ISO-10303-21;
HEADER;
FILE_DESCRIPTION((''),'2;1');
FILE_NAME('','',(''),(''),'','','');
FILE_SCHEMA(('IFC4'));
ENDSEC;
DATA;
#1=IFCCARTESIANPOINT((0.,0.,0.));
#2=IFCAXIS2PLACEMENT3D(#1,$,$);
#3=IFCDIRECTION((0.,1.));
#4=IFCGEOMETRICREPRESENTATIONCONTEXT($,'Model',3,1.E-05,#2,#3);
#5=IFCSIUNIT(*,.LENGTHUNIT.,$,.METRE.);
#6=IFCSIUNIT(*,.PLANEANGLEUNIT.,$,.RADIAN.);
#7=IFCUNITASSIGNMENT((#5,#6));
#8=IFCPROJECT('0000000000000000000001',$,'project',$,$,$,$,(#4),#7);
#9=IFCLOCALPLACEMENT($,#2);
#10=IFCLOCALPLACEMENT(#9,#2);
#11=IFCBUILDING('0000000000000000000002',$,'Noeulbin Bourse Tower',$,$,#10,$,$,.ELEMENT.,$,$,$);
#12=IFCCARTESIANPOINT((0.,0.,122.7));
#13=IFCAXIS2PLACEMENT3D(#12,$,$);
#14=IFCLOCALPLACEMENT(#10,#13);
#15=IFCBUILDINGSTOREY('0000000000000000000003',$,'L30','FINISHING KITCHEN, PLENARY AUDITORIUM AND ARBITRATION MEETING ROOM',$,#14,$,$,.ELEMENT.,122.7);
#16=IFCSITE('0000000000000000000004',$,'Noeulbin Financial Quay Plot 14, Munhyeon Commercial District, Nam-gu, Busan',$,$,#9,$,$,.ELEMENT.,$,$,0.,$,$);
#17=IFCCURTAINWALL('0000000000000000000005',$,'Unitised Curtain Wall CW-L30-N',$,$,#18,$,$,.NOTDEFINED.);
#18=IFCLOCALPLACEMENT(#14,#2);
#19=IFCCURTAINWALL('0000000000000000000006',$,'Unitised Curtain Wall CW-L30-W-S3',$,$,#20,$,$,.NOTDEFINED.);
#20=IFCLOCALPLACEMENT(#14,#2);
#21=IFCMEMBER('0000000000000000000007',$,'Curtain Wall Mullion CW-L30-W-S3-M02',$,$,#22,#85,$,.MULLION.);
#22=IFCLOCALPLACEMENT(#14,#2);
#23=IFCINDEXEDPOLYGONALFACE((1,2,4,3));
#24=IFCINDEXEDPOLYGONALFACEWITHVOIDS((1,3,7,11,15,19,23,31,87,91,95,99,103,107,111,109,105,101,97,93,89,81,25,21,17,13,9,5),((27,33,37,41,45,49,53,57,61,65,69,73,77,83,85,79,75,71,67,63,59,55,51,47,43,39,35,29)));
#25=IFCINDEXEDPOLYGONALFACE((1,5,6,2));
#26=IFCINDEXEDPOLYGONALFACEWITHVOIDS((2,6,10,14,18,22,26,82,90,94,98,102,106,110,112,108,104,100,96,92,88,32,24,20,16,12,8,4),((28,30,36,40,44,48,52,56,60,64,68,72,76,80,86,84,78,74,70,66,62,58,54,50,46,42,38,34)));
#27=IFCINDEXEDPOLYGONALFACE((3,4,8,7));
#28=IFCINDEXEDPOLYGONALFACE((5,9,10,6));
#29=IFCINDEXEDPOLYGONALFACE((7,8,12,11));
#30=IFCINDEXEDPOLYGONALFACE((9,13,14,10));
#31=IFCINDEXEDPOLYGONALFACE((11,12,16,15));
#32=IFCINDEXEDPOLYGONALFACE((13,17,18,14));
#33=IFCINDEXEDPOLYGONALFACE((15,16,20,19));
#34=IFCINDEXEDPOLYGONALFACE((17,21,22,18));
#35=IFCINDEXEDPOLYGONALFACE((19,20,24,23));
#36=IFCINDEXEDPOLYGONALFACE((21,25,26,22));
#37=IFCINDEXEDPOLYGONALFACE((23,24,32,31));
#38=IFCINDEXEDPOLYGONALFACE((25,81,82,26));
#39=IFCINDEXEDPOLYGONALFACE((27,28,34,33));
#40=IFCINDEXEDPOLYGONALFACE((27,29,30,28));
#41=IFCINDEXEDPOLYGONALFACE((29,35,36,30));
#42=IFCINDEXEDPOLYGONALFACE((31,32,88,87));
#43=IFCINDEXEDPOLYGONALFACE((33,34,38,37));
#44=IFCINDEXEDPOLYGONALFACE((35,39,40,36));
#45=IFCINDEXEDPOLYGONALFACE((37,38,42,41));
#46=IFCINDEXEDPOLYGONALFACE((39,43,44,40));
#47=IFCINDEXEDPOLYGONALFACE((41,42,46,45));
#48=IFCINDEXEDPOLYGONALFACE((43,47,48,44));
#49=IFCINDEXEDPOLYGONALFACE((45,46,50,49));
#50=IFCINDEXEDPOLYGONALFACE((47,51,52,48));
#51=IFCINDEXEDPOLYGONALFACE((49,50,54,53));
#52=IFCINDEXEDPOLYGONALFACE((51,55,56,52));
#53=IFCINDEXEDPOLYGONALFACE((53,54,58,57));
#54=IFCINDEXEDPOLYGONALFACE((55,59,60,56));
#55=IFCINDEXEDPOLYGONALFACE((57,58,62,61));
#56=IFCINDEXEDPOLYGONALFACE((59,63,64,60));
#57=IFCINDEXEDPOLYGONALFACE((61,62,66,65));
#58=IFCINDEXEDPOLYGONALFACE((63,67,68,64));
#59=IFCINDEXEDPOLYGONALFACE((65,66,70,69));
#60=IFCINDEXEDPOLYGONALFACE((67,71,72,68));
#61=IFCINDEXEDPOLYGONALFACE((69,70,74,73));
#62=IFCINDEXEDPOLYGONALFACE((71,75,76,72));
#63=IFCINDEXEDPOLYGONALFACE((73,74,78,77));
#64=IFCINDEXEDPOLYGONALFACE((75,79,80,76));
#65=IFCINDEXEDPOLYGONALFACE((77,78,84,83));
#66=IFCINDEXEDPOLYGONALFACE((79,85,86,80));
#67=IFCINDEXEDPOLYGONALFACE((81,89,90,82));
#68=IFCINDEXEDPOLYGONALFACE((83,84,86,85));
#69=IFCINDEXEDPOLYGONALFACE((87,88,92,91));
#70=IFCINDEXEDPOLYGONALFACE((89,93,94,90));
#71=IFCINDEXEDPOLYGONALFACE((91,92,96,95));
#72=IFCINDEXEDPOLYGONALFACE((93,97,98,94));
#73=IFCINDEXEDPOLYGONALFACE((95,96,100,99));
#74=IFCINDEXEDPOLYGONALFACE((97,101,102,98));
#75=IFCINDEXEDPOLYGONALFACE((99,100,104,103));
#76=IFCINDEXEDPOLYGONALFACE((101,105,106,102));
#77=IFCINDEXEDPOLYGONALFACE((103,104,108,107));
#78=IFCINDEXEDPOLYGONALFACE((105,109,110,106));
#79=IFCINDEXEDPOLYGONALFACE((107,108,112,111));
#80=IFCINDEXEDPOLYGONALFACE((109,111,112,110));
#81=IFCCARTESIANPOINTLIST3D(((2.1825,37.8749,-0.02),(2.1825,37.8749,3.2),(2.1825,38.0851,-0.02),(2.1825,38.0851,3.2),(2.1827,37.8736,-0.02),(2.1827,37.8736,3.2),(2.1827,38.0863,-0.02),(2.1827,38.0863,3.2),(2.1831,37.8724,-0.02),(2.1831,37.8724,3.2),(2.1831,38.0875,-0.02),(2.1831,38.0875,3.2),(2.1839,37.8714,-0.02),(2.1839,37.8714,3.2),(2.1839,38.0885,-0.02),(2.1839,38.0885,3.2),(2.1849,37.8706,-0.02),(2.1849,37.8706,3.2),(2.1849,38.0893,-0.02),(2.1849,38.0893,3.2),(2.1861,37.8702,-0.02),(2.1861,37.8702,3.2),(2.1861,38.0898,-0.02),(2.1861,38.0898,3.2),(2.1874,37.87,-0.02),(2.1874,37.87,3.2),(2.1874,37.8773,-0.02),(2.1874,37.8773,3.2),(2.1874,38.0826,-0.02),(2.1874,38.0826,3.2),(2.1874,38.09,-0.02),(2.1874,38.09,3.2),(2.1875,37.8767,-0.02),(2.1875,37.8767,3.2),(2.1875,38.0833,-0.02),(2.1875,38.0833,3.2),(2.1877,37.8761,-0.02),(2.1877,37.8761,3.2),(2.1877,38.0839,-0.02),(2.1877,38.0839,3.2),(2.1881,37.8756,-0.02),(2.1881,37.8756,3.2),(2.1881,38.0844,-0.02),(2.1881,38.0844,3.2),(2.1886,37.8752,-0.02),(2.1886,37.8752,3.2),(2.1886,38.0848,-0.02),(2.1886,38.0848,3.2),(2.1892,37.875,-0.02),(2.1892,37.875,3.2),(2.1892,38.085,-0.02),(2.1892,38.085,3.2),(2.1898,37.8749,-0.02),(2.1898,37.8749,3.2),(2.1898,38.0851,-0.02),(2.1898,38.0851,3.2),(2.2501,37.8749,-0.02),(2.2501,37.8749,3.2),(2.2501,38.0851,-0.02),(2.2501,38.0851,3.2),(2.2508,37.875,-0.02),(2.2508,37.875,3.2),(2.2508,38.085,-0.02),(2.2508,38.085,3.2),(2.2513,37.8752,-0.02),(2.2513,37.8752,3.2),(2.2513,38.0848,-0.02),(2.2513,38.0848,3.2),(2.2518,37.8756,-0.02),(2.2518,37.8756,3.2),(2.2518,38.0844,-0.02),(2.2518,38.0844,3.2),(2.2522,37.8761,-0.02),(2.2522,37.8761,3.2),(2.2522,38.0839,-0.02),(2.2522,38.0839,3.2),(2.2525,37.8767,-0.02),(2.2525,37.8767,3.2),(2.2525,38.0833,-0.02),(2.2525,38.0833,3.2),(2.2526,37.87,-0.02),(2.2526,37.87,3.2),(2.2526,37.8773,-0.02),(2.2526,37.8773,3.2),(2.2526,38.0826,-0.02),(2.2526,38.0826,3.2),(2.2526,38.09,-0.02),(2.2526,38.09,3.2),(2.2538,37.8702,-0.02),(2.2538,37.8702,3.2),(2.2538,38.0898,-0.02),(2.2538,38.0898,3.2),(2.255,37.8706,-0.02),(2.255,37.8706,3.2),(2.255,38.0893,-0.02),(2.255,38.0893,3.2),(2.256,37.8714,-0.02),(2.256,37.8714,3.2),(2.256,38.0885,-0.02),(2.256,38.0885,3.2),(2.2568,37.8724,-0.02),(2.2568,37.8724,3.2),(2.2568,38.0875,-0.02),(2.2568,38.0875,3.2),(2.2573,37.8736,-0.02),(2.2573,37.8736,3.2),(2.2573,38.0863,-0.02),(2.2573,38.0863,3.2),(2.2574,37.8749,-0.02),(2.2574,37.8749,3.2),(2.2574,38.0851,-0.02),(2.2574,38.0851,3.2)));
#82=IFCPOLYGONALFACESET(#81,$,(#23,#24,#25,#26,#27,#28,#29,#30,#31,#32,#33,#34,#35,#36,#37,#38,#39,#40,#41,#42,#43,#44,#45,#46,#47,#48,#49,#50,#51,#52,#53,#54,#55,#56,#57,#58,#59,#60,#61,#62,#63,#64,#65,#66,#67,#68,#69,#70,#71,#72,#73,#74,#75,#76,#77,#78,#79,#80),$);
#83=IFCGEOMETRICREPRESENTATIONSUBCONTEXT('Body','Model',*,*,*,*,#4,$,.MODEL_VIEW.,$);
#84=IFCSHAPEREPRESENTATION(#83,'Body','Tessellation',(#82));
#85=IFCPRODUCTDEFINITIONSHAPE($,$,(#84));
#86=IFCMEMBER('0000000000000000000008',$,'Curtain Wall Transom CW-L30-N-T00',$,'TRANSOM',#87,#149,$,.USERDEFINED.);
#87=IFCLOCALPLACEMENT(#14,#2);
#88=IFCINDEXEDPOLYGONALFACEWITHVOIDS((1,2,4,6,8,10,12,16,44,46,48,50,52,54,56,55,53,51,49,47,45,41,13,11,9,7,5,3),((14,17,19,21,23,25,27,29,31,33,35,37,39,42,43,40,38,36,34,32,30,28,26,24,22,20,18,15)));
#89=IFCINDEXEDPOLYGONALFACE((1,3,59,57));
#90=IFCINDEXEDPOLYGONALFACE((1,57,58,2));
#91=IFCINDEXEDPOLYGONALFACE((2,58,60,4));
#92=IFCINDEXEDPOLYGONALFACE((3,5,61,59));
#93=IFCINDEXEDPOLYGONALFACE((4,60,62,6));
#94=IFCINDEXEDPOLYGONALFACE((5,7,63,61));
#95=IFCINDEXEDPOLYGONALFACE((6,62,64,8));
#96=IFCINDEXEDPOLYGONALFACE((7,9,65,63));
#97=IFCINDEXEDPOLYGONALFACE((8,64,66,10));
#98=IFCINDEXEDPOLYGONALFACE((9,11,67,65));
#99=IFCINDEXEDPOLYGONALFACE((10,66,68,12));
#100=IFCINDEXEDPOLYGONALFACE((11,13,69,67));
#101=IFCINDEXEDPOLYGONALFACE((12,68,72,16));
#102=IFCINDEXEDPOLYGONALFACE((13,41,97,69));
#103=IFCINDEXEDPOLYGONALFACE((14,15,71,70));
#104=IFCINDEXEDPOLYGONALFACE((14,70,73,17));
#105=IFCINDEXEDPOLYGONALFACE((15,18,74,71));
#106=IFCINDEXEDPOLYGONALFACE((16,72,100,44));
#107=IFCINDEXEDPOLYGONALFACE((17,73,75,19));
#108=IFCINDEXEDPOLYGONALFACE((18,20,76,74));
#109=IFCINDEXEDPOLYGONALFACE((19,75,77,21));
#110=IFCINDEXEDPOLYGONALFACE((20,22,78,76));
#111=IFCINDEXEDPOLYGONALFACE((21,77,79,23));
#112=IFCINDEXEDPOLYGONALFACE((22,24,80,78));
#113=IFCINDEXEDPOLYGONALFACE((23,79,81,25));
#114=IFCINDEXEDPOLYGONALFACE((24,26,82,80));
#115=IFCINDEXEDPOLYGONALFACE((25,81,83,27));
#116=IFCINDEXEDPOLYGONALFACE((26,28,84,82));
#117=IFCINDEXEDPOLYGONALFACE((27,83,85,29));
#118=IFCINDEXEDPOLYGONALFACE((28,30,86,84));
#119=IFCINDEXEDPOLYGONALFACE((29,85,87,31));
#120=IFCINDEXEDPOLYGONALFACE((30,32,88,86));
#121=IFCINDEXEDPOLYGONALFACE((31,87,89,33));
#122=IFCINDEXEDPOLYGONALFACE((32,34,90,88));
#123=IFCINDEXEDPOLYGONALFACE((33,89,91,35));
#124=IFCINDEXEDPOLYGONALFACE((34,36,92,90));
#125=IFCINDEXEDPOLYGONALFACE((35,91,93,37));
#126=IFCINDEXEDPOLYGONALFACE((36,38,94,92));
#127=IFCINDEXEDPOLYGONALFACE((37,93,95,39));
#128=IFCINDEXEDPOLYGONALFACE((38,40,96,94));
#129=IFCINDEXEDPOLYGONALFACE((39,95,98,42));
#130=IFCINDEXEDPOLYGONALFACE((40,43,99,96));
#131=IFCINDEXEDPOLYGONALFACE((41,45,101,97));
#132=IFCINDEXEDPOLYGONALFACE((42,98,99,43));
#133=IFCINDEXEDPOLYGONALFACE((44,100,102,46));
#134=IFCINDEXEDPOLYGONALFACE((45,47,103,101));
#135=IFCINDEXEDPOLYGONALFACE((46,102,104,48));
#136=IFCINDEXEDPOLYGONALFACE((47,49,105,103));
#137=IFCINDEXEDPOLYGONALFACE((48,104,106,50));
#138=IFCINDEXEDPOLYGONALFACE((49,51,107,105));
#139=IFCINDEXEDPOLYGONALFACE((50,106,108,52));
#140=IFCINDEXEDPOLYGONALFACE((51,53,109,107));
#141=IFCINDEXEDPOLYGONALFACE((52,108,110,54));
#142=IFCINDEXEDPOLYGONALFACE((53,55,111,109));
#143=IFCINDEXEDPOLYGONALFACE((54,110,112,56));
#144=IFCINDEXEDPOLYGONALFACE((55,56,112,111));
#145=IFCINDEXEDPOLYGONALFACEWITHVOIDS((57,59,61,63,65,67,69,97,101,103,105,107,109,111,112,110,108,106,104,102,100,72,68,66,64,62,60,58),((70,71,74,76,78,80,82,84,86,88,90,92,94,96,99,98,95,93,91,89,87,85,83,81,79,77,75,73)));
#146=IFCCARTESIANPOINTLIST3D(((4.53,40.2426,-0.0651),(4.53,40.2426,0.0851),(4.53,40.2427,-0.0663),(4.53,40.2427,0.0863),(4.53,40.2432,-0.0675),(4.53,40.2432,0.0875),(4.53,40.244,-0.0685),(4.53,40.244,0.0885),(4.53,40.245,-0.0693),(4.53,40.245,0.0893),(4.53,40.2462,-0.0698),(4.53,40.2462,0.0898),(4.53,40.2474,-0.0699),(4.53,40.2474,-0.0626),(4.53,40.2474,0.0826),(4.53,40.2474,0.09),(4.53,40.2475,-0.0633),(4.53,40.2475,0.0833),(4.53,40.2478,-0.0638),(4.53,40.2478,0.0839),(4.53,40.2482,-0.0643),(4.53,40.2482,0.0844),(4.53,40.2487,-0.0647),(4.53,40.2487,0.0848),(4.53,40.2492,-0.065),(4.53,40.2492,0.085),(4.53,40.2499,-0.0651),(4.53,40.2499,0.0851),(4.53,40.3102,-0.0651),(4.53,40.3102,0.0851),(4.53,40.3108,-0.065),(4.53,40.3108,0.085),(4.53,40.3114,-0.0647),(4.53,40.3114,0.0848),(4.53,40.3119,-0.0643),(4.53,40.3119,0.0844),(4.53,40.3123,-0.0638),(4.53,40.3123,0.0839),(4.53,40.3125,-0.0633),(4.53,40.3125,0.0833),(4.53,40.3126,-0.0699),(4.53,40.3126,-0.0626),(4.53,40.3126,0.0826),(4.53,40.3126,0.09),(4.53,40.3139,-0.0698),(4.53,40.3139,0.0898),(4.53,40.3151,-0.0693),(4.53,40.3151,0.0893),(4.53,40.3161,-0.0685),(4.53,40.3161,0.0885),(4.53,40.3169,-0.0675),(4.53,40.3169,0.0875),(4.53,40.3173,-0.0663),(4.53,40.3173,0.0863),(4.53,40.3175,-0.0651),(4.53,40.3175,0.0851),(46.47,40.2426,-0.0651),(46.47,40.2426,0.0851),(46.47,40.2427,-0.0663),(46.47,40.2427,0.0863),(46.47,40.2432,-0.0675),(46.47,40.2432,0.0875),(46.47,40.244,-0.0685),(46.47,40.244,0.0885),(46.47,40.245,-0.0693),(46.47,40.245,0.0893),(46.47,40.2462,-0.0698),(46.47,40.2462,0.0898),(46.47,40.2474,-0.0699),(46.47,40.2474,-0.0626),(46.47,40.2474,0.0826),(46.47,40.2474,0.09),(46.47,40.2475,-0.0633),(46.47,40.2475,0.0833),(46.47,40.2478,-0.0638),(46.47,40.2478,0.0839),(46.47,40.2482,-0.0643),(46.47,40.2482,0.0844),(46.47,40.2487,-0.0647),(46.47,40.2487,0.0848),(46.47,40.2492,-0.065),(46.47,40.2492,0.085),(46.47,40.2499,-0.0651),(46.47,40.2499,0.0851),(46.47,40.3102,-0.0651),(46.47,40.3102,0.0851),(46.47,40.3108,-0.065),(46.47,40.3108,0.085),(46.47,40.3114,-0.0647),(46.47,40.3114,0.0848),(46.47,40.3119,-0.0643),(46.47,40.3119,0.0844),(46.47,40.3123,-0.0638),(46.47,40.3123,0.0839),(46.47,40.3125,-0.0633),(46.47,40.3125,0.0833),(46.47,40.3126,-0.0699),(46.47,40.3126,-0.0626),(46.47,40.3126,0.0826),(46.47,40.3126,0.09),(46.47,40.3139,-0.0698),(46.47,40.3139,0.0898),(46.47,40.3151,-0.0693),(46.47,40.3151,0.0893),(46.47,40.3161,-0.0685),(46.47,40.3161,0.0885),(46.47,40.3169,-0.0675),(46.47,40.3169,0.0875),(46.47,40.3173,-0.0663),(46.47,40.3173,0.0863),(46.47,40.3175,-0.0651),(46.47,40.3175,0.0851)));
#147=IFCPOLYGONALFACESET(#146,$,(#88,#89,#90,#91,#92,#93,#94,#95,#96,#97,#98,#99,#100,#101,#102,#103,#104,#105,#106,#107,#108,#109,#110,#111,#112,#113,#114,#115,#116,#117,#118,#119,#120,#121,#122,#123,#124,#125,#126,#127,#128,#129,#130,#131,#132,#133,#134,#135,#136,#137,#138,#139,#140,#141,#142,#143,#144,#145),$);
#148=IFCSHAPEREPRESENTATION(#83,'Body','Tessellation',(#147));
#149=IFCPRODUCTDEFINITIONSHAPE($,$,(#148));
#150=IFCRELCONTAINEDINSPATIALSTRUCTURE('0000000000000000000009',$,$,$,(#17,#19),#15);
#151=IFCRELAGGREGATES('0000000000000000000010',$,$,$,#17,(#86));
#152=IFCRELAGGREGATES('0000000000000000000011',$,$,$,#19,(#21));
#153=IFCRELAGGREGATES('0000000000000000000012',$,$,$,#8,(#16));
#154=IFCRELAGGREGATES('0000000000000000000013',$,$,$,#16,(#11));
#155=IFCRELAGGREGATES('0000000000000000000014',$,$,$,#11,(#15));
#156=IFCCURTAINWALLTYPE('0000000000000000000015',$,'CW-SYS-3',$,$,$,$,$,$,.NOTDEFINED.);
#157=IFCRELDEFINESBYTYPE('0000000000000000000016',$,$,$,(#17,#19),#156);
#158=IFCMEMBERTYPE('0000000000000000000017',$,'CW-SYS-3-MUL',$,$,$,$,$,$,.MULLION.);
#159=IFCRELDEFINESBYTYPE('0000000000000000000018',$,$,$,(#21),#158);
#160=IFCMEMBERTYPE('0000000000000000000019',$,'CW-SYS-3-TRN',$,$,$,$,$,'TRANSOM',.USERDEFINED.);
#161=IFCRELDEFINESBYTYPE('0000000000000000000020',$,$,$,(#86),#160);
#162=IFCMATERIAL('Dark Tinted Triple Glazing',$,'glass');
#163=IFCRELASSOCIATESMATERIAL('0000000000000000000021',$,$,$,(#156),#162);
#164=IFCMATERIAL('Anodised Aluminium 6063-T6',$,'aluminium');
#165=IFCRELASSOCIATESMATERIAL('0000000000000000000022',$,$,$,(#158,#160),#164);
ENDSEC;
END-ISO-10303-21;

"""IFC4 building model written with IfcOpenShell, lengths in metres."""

from ifc_helpers import new_model, si_unit, direction, frame, origin, origin_2d, place, context, subcontext, project, spatial, hollow_rectangle, extrude, material, material_profile, profile_set, type_object, element, aggregate, save


model = new_model("IFC4")

# Units and contexts
model_context = context("Model", 3, precision=1e-05, world=origin(), true_north=direction((0.0, 1.0)))
body_context = subcontext(model_context, "Body", "Model", "MODEL_VIEW")
ifc_project = project(units=[si_unit("LENGTHUNIT", "METRE"), si_unit("PLANEANGLEUNIT", "RADIAN")], contexts=[model_context])

# Site, building, storey
site_placement = place(None, origin())
site = spatial("IfcSite", under=ifc_project, at=site_placement, Name="Noeulbin Financial Quay Plot 14, Munhyeon Commercial District, Nam-gu, Busan", CompositionType="ELEMENT", RefElevation=0.0)
building_placement = place(site_placement, origin())
building = spatial("IfcBuilding", under=site, at=building_placement, Name="Noeulbin Bourse Tower", CompositionType="ELEMENT")
storey_placement = place(building_placement, frame((0.0, 0.0, 122.7)))
storey = spatial("IfcBuildingStorey", under=building, at=storey_placement, Name="L30", Description="FINISHING KITCHEN, PLENARY AUDITORIUM AND ARBITRATION MEETING ROOM", CompositionType="ELEMENT", Elevation=122.7)

# Curtain walls, member
ifc_material_1 = material(Name="Dark Tinted Triple Glazing", Category="glass")
curtain_wall_type = type_object("IfcCurtainWallType", Name="CW-SYS-3", PredefinedType="NOTDEFINED", material=ifc_material_1)
curtain_wall_1_placement = place(storey_placement, origin())
curtain_wall_1 = element("IfcCurtainWall", 1, at=curtain_wall_1_placement, inside=storey, type_object=curtain_wall_type, Name="Unitised Curtain Wall CW-L30-N", PredefinedType="NOTDEFINED")
ifc_material_2 = material(Name="Anodised Aluminium 6063-T6", Category="aluminium")
ifc_material_profile_1 = material_profile(ifc_material_2, hollow_rectangle(XDim=0.075, YDim=0.22, WallThickness=0.0049, InnerFilletRadius=0.0024, OuterFilletRadius=0.0049, at=origin_2d()), Name="ALU-MULL-75x220x5", Category="LoadBearing")
ifc_profile_set_1 = profile_set([ifc_material_profile_1], Name="Anodised Aluminium 6063-T6")
member_type_1 = type_object("IfcMemberType", Name="CW-SYS-3-MUL", PredefinedType="MULLION", material=ifc_profile_set_1)
curtain_wall_2_placement = place(storey_placement, origin())
curtain_wall_2 = element("IfcCurtainWall", 2, at=curtain_wall_2_placement, inside=storey, type_object=curtain_wall_type, Name="Unitised Curtain Wall CW-L30-W-S3", PredefinedType="NOTDEFINED")
member_1_placement = place(storey_placement, frame((2.22, 37.98, -0.02), z_axis=(0.0, 0.0, 1.0), x_axis=(1.0, 0.0, 0.0)))
member_1 = element("IfcMember", 3, at=member_1_placement, type_object=member_type_1, Name="Curtain Wall Mullion CW-L30-W-S3-M02", PredefinedType="MULLION", context=body_context, shape_type="SweptSolid", body=[
    extrude(hollow_rectangle(XDim=0.075, YDim=0.22, WallThickness=0.0049, InnerFilletRadius=0.0024, OuterFilletRadius=0.0049, at=origin_2d()), origin(), (0.0, 0.0, 1.0), 3.22),
])

# Member
ifc_material_profile_2 = material_profile(ifc_material_2, hollow_rectangle(XDim=0.075, YDim=0.1599, WallThickness=0.0049, InnerFilletRadius=0.0024, OuterFilletRadius=0.0049, at=origin_2d()), Name="ALU-TRAN-75x160x5", Category="LoadBearing")
ifc_profile_set_2 = profile_set([ifc_material_profile_2], Name="Anodised Aluminium 6063-T6")
member_type_2 = type_object("IfcMemberType", Name="CW-SYS-3-TRN", ElementType="TRANSOM", PredefinedType="USERDEFINED", material=ifc_profile_set_2)
member_2_placement = place(storey_placement, frame((4.53, 40.28, 0.01), z_axis=(1.0, 0.0, 0.0), x_axis=(0.0, 1.0, 0.0)))
member_2 = element("IfcMember", 4, at=member_2_placement, type_object=member_type_2, Name="Curtain Wall Transom CW-L30-N-T00", ObjectType="TRANSOM", PredefinedType="USERDEFINED", context=body_context, shape_type="SweptSolid", body=[
    extrude(hollow_rectangle(XDim=0.075, YDim=0.1599, WallThickness=0.0049, InnerFilletRadius=0.0024, OuterFilletRadius=0.0049, at=origin_2d()), origin(), (0.0, 0.0, 1.0), 41.9399),
])

aggregate(curtain_wall_1, [member_2])
aggregate(curtain_wall_2, [member_1])

save(model, "model.ifc")
